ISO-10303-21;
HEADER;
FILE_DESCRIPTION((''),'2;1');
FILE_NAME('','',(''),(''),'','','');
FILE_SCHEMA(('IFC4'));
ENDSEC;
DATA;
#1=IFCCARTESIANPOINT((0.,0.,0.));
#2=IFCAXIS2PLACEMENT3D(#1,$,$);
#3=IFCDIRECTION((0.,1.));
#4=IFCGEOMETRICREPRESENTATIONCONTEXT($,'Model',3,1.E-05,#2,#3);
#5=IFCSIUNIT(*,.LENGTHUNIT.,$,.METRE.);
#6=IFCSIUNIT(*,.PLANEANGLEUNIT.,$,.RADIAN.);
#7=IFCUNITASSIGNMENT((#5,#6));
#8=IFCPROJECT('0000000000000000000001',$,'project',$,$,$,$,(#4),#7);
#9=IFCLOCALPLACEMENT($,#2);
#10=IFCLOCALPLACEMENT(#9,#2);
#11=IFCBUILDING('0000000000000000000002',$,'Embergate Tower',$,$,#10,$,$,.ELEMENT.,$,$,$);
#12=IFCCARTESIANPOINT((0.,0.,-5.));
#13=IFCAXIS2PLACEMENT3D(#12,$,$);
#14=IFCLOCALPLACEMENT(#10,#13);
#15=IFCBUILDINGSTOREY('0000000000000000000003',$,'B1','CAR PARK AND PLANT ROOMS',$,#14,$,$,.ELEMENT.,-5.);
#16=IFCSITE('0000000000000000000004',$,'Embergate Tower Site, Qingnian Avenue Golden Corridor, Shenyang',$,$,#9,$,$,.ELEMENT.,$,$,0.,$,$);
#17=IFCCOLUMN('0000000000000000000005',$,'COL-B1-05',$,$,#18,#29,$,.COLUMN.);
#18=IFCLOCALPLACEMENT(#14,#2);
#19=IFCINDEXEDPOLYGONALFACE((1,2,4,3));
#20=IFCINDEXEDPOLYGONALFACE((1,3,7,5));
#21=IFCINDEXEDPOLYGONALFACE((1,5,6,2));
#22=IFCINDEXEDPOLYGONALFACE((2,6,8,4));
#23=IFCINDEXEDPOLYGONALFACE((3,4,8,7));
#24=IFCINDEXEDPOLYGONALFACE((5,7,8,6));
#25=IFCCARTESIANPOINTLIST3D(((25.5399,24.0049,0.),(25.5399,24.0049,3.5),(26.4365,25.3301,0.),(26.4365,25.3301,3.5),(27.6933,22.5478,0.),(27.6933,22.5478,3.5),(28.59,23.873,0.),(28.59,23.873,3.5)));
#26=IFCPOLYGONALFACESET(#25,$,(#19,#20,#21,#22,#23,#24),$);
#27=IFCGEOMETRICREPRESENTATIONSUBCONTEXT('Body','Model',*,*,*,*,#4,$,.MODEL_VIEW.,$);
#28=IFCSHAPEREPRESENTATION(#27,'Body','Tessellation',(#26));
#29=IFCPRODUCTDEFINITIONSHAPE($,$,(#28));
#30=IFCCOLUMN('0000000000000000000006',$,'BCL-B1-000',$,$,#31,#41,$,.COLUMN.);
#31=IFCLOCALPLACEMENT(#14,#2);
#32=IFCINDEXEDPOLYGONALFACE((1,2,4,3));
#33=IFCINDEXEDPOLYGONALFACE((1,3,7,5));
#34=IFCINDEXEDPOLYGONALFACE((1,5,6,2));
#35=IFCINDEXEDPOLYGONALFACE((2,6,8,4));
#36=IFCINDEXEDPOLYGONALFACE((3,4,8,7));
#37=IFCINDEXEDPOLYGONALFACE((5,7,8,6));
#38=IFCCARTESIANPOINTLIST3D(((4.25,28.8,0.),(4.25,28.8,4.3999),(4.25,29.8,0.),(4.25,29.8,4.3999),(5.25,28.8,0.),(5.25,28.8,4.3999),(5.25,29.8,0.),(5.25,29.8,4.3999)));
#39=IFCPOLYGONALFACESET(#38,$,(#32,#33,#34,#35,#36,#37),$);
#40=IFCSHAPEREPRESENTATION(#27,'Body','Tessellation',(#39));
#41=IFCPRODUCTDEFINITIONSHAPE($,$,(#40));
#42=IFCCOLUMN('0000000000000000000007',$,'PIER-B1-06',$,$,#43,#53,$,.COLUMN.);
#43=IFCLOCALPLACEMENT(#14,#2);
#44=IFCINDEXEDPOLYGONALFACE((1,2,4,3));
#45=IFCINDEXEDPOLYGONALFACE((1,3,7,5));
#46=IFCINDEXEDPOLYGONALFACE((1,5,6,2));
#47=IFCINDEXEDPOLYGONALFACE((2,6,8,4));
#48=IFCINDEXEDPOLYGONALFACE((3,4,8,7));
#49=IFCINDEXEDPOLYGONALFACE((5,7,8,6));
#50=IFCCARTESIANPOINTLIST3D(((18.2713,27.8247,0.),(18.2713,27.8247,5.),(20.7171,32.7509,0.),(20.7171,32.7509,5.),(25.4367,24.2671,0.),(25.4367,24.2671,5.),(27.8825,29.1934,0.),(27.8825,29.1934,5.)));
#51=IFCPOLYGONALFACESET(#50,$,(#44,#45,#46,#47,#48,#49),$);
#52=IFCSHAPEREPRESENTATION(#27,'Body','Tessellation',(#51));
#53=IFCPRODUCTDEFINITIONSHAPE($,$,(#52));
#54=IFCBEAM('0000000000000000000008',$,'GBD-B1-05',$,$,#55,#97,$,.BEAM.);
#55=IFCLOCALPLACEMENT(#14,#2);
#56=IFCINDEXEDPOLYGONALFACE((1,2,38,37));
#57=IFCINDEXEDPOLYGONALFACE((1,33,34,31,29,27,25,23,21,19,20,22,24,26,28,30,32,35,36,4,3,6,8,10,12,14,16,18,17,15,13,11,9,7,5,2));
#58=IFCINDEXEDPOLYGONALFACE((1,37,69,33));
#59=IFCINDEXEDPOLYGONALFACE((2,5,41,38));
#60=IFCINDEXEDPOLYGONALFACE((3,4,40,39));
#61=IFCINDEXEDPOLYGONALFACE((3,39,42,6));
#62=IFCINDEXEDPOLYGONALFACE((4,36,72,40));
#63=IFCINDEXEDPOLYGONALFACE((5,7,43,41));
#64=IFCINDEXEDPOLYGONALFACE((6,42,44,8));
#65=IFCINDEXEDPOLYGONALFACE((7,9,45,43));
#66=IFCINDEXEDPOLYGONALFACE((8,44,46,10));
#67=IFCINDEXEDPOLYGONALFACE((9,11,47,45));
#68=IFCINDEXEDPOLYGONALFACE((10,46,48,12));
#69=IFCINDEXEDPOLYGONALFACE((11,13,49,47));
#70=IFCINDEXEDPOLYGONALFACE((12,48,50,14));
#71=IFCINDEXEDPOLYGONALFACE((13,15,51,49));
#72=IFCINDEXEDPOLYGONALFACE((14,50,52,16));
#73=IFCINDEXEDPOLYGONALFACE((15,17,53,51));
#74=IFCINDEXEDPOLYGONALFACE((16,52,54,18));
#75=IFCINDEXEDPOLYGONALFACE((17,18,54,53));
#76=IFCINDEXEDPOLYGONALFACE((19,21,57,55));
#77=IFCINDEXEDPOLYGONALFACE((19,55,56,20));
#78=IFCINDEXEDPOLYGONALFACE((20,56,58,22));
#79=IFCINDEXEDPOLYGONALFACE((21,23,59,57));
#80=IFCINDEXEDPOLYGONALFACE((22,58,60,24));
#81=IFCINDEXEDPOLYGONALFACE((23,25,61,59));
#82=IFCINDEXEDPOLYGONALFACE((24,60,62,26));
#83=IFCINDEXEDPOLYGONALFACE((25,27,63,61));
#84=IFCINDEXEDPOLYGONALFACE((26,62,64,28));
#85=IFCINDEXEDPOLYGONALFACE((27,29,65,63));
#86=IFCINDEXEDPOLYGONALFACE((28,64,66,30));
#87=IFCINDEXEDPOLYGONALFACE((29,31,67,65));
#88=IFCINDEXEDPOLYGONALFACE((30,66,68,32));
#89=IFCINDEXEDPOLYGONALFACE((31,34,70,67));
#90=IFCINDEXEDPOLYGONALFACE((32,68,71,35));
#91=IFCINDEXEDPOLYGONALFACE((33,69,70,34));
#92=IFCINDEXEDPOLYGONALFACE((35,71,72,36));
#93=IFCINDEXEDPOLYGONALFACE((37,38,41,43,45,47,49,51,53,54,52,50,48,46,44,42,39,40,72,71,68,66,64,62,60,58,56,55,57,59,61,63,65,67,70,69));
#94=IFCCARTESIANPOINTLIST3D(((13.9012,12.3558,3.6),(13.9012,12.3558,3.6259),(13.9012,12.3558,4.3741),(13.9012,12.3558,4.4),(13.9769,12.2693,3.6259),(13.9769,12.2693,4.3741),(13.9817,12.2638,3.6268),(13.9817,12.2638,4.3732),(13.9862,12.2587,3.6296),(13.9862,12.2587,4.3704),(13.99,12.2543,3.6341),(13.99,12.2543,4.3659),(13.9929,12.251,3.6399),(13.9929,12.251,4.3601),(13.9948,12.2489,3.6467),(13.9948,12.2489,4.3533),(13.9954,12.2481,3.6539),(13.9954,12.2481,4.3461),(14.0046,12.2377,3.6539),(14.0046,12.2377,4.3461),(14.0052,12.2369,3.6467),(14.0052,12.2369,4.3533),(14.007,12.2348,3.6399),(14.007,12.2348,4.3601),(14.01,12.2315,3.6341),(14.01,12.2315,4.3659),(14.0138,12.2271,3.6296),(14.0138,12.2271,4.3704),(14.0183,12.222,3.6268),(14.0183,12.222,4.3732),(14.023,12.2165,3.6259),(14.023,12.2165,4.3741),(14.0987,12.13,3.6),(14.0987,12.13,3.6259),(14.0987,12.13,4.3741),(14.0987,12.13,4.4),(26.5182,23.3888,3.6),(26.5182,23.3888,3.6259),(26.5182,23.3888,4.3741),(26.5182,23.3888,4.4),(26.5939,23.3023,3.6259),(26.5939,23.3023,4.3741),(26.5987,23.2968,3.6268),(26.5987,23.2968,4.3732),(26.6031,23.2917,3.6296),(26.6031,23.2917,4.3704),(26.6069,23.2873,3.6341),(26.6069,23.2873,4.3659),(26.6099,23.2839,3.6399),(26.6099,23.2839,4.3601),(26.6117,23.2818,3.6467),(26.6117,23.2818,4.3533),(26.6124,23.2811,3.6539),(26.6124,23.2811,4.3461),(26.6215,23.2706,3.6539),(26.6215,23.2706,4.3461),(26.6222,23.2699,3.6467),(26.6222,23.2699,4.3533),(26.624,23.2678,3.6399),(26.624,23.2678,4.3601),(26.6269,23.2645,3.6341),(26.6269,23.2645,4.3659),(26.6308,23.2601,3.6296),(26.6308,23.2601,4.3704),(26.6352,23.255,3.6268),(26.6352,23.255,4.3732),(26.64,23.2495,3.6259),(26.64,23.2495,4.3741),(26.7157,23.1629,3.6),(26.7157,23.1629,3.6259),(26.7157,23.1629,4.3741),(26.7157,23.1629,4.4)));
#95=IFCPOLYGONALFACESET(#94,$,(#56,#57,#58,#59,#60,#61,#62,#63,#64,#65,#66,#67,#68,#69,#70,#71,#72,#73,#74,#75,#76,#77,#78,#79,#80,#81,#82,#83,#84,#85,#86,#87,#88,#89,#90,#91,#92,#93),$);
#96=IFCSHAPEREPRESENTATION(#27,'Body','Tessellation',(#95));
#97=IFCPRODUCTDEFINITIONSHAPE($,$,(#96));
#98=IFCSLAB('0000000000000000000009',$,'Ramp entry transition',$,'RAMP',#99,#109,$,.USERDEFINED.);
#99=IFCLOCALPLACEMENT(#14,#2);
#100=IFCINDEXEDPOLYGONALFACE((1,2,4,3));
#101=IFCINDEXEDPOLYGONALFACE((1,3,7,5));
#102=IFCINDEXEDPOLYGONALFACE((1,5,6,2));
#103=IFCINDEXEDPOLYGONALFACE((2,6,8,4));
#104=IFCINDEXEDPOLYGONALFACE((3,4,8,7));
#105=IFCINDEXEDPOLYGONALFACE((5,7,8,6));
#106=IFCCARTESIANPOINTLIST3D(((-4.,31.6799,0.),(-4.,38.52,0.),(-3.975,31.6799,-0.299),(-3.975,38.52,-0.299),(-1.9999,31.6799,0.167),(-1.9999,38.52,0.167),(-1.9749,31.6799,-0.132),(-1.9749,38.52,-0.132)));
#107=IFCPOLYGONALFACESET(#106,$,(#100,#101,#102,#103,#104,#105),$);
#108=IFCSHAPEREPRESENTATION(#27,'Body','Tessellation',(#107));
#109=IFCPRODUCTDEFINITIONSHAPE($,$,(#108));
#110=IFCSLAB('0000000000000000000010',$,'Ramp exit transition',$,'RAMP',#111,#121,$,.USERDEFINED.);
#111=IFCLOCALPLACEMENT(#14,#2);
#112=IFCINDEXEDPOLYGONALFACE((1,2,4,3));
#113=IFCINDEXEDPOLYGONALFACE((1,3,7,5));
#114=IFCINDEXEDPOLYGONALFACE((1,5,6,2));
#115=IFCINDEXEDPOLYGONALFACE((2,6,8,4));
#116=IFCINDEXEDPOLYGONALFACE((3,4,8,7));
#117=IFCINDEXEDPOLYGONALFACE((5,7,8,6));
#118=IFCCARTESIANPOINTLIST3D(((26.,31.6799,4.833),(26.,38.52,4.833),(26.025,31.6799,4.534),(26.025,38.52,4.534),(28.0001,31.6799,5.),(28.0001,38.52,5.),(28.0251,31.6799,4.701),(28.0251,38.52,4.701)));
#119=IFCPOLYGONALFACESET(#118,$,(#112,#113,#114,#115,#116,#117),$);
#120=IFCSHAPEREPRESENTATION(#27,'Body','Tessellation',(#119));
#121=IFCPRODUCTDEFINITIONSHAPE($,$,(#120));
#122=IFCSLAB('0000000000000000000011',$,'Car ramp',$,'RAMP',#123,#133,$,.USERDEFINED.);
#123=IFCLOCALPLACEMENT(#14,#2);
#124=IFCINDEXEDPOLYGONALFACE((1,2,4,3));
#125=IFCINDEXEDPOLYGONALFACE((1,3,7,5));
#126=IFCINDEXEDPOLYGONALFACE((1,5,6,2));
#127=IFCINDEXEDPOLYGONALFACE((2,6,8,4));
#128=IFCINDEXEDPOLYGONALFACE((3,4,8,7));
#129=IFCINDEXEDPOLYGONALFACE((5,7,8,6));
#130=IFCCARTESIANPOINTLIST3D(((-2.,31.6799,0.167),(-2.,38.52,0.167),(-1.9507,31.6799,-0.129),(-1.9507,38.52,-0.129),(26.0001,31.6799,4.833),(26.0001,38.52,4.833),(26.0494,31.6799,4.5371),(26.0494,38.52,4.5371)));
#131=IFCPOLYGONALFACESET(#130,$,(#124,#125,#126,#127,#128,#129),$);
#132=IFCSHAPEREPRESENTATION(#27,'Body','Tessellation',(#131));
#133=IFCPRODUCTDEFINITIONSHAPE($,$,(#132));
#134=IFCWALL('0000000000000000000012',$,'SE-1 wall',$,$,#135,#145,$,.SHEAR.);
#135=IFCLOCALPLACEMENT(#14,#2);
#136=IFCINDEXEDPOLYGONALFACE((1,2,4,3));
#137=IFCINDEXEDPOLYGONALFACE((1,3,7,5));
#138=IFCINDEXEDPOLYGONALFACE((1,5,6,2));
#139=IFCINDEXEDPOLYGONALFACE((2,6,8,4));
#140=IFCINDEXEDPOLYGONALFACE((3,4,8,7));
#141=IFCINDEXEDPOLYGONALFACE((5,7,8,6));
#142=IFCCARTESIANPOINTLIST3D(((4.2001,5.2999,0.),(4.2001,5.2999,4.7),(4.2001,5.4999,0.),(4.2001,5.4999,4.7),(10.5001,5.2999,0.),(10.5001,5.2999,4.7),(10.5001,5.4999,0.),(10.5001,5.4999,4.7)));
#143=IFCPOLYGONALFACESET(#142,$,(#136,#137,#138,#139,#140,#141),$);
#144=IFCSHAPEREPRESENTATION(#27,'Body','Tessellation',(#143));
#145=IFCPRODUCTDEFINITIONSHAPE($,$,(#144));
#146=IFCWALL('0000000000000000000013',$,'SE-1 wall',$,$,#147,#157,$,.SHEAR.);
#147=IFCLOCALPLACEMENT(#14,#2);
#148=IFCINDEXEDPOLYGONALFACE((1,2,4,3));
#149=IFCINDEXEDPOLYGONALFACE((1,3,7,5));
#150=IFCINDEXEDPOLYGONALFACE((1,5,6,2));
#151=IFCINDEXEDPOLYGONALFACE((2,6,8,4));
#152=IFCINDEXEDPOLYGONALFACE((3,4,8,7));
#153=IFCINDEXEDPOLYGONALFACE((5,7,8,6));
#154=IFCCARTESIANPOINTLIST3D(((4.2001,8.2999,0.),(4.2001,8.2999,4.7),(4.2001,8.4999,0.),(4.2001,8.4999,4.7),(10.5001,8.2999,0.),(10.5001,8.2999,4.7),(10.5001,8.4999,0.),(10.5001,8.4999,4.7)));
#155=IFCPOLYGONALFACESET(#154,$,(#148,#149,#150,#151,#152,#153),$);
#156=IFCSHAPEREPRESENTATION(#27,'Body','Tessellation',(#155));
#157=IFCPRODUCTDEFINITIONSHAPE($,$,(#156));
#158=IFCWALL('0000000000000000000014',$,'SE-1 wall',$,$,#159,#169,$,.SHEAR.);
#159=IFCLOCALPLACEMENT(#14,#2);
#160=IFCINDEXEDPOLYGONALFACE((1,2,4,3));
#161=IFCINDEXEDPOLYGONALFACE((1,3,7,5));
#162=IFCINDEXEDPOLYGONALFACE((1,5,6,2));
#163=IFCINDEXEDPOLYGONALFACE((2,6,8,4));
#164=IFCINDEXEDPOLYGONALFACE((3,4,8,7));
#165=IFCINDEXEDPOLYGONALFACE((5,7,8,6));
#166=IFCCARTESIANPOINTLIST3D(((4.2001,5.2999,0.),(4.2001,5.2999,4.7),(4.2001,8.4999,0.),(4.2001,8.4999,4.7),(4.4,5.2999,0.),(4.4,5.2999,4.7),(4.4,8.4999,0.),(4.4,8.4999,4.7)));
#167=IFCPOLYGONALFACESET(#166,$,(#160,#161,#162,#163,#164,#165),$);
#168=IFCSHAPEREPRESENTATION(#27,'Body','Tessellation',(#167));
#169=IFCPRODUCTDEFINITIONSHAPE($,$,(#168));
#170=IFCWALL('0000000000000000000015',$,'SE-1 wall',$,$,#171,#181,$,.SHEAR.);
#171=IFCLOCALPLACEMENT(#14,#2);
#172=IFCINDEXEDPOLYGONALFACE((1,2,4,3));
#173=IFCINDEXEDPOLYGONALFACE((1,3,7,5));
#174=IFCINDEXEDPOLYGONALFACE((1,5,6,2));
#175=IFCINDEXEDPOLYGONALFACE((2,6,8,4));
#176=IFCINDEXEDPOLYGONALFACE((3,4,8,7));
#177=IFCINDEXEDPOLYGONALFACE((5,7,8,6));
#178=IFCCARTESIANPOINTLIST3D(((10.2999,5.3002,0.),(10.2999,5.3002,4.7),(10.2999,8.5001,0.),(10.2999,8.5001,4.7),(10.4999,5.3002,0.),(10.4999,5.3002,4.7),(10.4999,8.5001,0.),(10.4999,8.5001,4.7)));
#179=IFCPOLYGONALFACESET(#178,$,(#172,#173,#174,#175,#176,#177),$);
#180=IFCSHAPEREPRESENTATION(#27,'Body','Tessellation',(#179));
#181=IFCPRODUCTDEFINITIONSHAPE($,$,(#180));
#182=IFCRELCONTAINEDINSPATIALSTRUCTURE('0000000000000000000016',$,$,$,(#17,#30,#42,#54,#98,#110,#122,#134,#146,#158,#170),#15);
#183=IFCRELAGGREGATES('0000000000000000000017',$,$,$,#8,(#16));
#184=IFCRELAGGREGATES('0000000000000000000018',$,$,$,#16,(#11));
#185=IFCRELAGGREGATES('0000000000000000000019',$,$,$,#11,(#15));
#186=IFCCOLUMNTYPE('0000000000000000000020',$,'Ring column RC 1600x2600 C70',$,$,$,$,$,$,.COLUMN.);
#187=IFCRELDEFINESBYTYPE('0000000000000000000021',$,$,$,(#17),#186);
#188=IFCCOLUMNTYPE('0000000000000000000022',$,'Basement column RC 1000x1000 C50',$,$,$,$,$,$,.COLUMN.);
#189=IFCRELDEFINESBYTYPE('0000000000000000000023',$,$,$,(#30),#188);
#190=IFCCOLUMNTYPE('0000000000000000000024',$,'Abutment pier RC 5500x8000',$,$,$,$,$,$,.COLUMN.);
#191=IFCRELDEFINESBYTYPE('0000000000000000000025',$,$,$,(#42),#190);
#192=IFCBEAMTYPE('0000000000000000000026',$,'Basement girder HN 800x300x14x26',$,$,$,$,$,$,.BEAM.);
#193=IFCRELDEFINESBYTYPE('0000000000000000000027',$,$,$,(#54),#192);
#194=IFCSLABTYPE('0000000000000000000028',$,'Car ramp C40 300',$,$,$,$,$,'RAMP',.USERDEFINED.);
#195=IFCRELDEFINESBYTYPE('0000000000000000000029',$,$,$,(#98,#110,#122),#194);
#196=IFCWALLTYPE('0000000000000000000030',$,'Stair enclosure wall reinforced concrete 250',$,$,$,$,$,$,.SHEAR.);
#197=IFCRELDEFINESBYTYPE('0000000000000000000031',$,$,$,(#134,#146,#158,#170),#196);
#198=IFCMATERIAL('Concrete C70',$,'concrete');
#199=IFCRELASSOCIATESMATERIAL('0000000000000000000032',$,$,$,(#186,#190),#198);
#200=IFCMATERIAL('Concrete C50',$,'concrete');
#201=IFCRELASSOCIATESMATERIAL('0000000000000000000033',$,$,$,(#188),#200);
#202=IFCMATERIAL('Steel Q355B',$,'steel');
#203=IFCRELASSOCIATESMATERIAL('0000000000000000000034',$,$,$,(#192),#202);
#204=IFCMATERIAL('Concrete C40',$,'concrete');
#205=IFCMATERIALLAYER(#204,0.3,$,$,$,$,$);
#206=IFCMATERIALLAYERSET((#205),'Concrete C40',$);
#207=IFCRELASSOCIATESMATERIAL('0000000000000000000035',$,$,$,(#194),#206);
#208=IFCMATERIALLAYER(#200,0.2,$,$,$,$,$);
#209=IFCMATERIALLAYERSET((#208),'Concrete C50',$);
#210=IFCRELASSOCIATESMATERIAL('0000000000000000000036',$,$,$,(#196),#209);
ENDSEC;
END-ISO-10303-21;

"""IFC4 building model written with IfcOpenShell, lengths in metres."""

from ifc_helpers import new_model, si_unit, direction, frame, frame_2d, origin, origin_2d, place, context, subcontext, project, spatial, polyline, rectangle, i_section, outline, extrude, source, transform, mapped, material, layer, layer_set, material_profile, profile_set, type_object, element, save


model = new_model("IFC4")

# Units and contexts
model_context = context("Model", 3, precision=1e-05, world=origin(), true_north=direction((0.0, 1.0)))
body_context = subcontext(model_context, "Body", "Model", "MODEL_VIEW")
ifc_project = project(units=[si_unit("LENGTHUNIT", "METRE"), si_unit("PLANEANGLEUNIT", "RADIAN")], contexts=[model_context])

# Site, building, storey
site_placement = place(None, origin())
site = spatial("IfcSite", under=ifc_project, at=site_placement, Name="Embergate Tower Site, Qingnian Avenue Golden Corridor, Shenyang", CompositionType="ELEMENT", RefElevation=0.0)
building_placement = place(site_placement, origin())
building = spatial("IfcBuilding", under=site, at=building_placement, Name="Embergate Tower", CompositionType="ELEMENT")
storey_placement = place(building_placement, frame((0.0, 0.0, -5.0)))
storey = spatial("IfcBuildingStorey", under=building, at=storey_placement, Name="B1", Description="CAR PARK AND PLANT ROOMS", CompositionType="ELEMENT", Elevation=-5.0)

# Columns
ifc_material_1 = material(Name="Concrete C70", Category="concrete")
ifc_material_profile_1 = material_profile(ifc_material_1, rectangle(XDim=1.6001, YDim=2.6001, at=origin_2d()), Name="RC 1600x2600")
ifc_profile_set_1 = profile_set([ifc_material_profile_1], Name="Concrete C70")
column_type_1 = type_object("IfcColumnType", Name="Ring column RC 1600x2600 C70", PredefinedType="COLUMN", material=ifc_profile_set_1)
shared_shape_1 = source(origin(), body_context, "Body", "SweptSolid", [
    extrude(rectangle(XDim=1.6001, YDim=2.6001, at=origin_2d()), origin(), (0.0, 0.0, 1.0), 3.5),
])
column_1_placement = place(storey_placement, frame((27.0649, 23.939, 0.0), z_axis=(0.0, 0.0, 1.0), x_axis=(0.560393, 0.828227, 0.0)))
element("IfcColumn", 1, at=column_1_placement, inside=storey, type_object=column_type_1, Name="COL-B1-05", PredefinedType="COLUMN", context=body_context, shape_type="MappedRepresentation", body=[
    mapped(shared_shape_1, transform((0.0, 0.0, 0.0))),
])
ifc_material_2 = material(Name="Concrete C50", Category="concrete")
ifc_material_profile_2 = material_profile(ifc_material_2, rectangle(XDim=1.0, YDim=1.0, at=origin_2d()), Name="RC 1000x1000")
ifc_profile_set_2 = profile_set([ifc_material_profile_2], Name="Concrete C50")
column_type_2 = type_object("IfcColumnType", Name="Basement column RC 1000x1000 C50", PredefinedType="COLUMN", material=ifc_profile_set_2)
shared_shape_2 = source(origin(), body_context, "Body", "SweptSolid", [
    extrude(rectangle(XDim=1.0, YDim=1.0, at=origin_2d()), origin(), (0.0, 0.0, 1.0), 4.3999),
])
column_2_placement = place(storey_placement, frame((4.75, 29.3, 0.0), z_axis=(0.0, 0.0, 1.0), x_axis=(1.0, 0.0, 0.0)))
element("IfcColumn", 2, at=column_2_placement, inside=storey, type_object=column_type_2, Name="BCL-B1-000", PredefinedType="COLUMN", context=body_context, shape_type="MappedRepresentation", body=[
    mapped(shared_shape_2, transform((0.0, 0.0, 0.0))),
])
ifc_material_profile_3 = material_profile(ifc_material_1, rectangle(XDim=5.5, YDim=8.0, at=origin_2d()), Name="RC 5500x8000")
ifc_profile_set_3 = profile_set([ifc_material_profile_3], Name="Concrete C70")
column_type_3 = type_object("IfcColumnType", Name="Abutment pier RC 5500x8000", PredefinedType="COLUMN", material=ifc_profile_set_3)
shared_shape_3 = source(origin(), body_context, "Body", "SweptSolid", [
    extrude(rectangle(XDim=5.5, YDim=8.0, at=origin_2d()), origin(), (0.0, 0.0, 1.0), 5.0),
])
column_3_placement = place(storey_placement, frame((23.0769, 28.509, 0.0), z_axis=(0.0, 0.0, 1.0), x_axis=(0.444698, 0.895681, 0.0)))
element("IfcColumn", 3, at=column_3_placement, inside=storey, type_object=column_type_3, Name="PIER-B1-06", PredefinedType="COLUMN", context=body_context, shape_type="MappedRepresentation", body=[
    mapped(shared_shape_3, transform((0.0, 0.0, 0.0))),
])

# Beam
ifc_material_3 = material(Name="Steel Q355B", Category="steel")
ifc_material_profile_4 = material_profile(ifc_material_3, i_section(OverallWidth=0.3, OverallDepth=0.8, WebThickness=0.0139, FlangeThickness=0.0259, FilletRadius=0.0281, at=origin_2d()), Name="HN 800x300x14x26")
ifc_profile_set_4 = profile_set([ifc_material_profile_4], Name="Steel Q355 grade B")
beam_type = type_object("IfcBeamType", Name="Basement girder HN 800x300x14x26", PredefinedType="BEAM", material=ifc_profile_set_4)
shared_shape_4 = source(origin(), body_context, "Body", "SweptSolid", [
    extrude(i_section(OverallWidth=0.3, OverallDepth=0.8, WebThickness=0.0139, FlangeThickness=0.0259, FilletRadius=0.0281, at=origin_2d()), origin(), (0.0, 0.0, 1.0), 16.7605),
])
beam_placement = place(storey_placement, frame((26.6169, 23.2759, 4.0), z_axis=(-0.75278, -0.658273, 0.0), x_axis=(0.658273, -0.75278, 0.0)))
element("IfcBeam", 4, at=beam_placement, inside=storey, type_object=beam_type, Name="GBD-B1-05", PredefinedType="BEAM", context=body_context, shape_type="MappedRepresentation", body=[
    mapped(shared_shape_4, transform((0.0, 0.0, 0.0))),
])

# Slabs
ifc_material_4 = material(Name="Concrete C40", Category="concrete")
ifc_layer_1 = layer(ifc_material_4, 0.3)
ifc_layer_set_1 = layer_set([ifc_layer_1], Name="Concrete C40")
slab_type = type_object("IfcSlabType", Name="Car ramp C40 300", ElementType="RAMP", PredefinedType="USERDEFINED", material=ifc_layer_set_1)
shared_shape_5 = source(origin(), body_context, "Body", "SweptSolid", [
    extrude(outline(polyline([(0.0, 0.0), (2.0071, 0.0), (2.0071, 6.8401), (0.0, 6.8401), (0.0, 0.0)])), origin(), (0.0, 0.0, -1.0), 0.3),
])
for number, where, z_axis, x_axis, name in (
    (5, (-4.0, 31.6799, 0.0), (-0.083207, 0.0, 0.996532), (0.996532, 0.0, 0.083207), "Ramp entry transition"),
    (6, (26.0, 31.6799, 4.833), (-0.083207, 0.0, 0.996532), (0.996532, 0.0, 0.083207), "Ramp exit transition"),
):
    element("IfcSlab", number, at=place(storey_placement, frame(where, z_axis=z_axis, x_axis=x_axis)), inside=storey, type_object=slab_type, Name=name, ObjectType="RAMP", PredefinedType="USERDEFINED", context=body_context, shape_type="MappedRepresentation", body=[
        mapped(shared_shape_5, transform((0.0, 0.0, 0.0))),
    ])
shared_shape_6 = source(origin(), body_context, "Body", "SweptSolid", [
    extrude(outline(polyline([(0.0, 0.0), (28.3862, 0.0), (28.3862, 6.8401), (0.0, 6.8401), (0.0, 0.0)])), origin(), (0.0, 0.0, -1.0), 0.3),
])
slab_placement = place(storey_placement, frame((-2.0, 31.6799, 0.167), z_axis=(-0.164377, 0.0, 0.986398), x_axis=(0.986398, 0.0, 0.164377)))
element("IfcSlab", 7, at=slab_placement, inside=storey, type_object=slab_type, Name="Car ramp", ObjectType="RAMP", PredefinedType="USERDEFINED", context=body_context, shape_type="MappedRepresentation", body=[
    mapped(shared_shape_6, transform((0.0, 0.0, 0.0))),
])

# Walls
ifc_layer_2 = layer(ifc_material_2, 0.2)
ifc_layer_set_2 = layer_set([ifc_layer_2], Name="Concrete C50")
wall_type_1 = type_object("IfcWallType", Name="Stair enclosure wall reinforced concrete 250", PredefinedType="SHEAR", material=ifc_layer_set_2)
shared_shape_7 = source(origin(), body_context, "Body", "SweptSolid", [
    extrude(rectangle(XDim=6.3, YDim=0.2, at=frame_2d((3.1499, 0.0))), origin(), (0.0, 0.0, 1.0), 4.7),
])
for number, where, z_axis, x_axis, name in (
    (8, (10.5, 5.3999, 0.0), (0.0, 0.0, 1.0), (-1.0, 0.0, 0.0), "SE-1 wall"),
    (9, (10.5, 8.3999, 0.0), (0.0, 0.0, 1.0), (-1.0, 0.0, 0.0), "SE-1 wall"),
):
    element("IfcWall", number, at=place(storey_placement, frame(where, z_axis=z_axis, x_axis=x_axis)), inside=storey, type_object=wall_type_1, Name=name, PredefinedType="SHEAR", context=body_context, shape_type="MappedRepresentation", body=[
        mapped(shared_shape_7, transform((0.0, 0.0, 0.0))),
    ])
shared_shape_8 = source(origin(), body_context, "Body", "SweptSolid", [
    extrude(rectangle(XDim=3.2, YDim=0.2, at=frame_2d((1.6001, 0.0))), origin(), (0.0, 0.0, 1.0), 4.7),
])
for number, where, z_axis, x_axis, name in (
    (10, (4.3, 8.5, 0.0), (0.0, 0.0, 1.0), (0.0, -1.0, 0.0), "SE-1 wall"),
    (11, (10.3999, 5.3, 0.0), (0.0, 0.0, 1.0), (0.0, 1.0, 0.0), "SE-1 wall"),
):
    element("IfcWall", number, at=place(storey_placement, frame(where, z_axis=z_axis, x_axis=x_axis)), inside=storey, type_object=wall_type_1, Name=name, PredefinedType="SHEAR", context=body_context, shape_type="MappedRepresentation", body=[
        mapped(shared_shape_8, transform((0.0, 0.0, 0.0))),
    ])

save(model, "model.ifc")
